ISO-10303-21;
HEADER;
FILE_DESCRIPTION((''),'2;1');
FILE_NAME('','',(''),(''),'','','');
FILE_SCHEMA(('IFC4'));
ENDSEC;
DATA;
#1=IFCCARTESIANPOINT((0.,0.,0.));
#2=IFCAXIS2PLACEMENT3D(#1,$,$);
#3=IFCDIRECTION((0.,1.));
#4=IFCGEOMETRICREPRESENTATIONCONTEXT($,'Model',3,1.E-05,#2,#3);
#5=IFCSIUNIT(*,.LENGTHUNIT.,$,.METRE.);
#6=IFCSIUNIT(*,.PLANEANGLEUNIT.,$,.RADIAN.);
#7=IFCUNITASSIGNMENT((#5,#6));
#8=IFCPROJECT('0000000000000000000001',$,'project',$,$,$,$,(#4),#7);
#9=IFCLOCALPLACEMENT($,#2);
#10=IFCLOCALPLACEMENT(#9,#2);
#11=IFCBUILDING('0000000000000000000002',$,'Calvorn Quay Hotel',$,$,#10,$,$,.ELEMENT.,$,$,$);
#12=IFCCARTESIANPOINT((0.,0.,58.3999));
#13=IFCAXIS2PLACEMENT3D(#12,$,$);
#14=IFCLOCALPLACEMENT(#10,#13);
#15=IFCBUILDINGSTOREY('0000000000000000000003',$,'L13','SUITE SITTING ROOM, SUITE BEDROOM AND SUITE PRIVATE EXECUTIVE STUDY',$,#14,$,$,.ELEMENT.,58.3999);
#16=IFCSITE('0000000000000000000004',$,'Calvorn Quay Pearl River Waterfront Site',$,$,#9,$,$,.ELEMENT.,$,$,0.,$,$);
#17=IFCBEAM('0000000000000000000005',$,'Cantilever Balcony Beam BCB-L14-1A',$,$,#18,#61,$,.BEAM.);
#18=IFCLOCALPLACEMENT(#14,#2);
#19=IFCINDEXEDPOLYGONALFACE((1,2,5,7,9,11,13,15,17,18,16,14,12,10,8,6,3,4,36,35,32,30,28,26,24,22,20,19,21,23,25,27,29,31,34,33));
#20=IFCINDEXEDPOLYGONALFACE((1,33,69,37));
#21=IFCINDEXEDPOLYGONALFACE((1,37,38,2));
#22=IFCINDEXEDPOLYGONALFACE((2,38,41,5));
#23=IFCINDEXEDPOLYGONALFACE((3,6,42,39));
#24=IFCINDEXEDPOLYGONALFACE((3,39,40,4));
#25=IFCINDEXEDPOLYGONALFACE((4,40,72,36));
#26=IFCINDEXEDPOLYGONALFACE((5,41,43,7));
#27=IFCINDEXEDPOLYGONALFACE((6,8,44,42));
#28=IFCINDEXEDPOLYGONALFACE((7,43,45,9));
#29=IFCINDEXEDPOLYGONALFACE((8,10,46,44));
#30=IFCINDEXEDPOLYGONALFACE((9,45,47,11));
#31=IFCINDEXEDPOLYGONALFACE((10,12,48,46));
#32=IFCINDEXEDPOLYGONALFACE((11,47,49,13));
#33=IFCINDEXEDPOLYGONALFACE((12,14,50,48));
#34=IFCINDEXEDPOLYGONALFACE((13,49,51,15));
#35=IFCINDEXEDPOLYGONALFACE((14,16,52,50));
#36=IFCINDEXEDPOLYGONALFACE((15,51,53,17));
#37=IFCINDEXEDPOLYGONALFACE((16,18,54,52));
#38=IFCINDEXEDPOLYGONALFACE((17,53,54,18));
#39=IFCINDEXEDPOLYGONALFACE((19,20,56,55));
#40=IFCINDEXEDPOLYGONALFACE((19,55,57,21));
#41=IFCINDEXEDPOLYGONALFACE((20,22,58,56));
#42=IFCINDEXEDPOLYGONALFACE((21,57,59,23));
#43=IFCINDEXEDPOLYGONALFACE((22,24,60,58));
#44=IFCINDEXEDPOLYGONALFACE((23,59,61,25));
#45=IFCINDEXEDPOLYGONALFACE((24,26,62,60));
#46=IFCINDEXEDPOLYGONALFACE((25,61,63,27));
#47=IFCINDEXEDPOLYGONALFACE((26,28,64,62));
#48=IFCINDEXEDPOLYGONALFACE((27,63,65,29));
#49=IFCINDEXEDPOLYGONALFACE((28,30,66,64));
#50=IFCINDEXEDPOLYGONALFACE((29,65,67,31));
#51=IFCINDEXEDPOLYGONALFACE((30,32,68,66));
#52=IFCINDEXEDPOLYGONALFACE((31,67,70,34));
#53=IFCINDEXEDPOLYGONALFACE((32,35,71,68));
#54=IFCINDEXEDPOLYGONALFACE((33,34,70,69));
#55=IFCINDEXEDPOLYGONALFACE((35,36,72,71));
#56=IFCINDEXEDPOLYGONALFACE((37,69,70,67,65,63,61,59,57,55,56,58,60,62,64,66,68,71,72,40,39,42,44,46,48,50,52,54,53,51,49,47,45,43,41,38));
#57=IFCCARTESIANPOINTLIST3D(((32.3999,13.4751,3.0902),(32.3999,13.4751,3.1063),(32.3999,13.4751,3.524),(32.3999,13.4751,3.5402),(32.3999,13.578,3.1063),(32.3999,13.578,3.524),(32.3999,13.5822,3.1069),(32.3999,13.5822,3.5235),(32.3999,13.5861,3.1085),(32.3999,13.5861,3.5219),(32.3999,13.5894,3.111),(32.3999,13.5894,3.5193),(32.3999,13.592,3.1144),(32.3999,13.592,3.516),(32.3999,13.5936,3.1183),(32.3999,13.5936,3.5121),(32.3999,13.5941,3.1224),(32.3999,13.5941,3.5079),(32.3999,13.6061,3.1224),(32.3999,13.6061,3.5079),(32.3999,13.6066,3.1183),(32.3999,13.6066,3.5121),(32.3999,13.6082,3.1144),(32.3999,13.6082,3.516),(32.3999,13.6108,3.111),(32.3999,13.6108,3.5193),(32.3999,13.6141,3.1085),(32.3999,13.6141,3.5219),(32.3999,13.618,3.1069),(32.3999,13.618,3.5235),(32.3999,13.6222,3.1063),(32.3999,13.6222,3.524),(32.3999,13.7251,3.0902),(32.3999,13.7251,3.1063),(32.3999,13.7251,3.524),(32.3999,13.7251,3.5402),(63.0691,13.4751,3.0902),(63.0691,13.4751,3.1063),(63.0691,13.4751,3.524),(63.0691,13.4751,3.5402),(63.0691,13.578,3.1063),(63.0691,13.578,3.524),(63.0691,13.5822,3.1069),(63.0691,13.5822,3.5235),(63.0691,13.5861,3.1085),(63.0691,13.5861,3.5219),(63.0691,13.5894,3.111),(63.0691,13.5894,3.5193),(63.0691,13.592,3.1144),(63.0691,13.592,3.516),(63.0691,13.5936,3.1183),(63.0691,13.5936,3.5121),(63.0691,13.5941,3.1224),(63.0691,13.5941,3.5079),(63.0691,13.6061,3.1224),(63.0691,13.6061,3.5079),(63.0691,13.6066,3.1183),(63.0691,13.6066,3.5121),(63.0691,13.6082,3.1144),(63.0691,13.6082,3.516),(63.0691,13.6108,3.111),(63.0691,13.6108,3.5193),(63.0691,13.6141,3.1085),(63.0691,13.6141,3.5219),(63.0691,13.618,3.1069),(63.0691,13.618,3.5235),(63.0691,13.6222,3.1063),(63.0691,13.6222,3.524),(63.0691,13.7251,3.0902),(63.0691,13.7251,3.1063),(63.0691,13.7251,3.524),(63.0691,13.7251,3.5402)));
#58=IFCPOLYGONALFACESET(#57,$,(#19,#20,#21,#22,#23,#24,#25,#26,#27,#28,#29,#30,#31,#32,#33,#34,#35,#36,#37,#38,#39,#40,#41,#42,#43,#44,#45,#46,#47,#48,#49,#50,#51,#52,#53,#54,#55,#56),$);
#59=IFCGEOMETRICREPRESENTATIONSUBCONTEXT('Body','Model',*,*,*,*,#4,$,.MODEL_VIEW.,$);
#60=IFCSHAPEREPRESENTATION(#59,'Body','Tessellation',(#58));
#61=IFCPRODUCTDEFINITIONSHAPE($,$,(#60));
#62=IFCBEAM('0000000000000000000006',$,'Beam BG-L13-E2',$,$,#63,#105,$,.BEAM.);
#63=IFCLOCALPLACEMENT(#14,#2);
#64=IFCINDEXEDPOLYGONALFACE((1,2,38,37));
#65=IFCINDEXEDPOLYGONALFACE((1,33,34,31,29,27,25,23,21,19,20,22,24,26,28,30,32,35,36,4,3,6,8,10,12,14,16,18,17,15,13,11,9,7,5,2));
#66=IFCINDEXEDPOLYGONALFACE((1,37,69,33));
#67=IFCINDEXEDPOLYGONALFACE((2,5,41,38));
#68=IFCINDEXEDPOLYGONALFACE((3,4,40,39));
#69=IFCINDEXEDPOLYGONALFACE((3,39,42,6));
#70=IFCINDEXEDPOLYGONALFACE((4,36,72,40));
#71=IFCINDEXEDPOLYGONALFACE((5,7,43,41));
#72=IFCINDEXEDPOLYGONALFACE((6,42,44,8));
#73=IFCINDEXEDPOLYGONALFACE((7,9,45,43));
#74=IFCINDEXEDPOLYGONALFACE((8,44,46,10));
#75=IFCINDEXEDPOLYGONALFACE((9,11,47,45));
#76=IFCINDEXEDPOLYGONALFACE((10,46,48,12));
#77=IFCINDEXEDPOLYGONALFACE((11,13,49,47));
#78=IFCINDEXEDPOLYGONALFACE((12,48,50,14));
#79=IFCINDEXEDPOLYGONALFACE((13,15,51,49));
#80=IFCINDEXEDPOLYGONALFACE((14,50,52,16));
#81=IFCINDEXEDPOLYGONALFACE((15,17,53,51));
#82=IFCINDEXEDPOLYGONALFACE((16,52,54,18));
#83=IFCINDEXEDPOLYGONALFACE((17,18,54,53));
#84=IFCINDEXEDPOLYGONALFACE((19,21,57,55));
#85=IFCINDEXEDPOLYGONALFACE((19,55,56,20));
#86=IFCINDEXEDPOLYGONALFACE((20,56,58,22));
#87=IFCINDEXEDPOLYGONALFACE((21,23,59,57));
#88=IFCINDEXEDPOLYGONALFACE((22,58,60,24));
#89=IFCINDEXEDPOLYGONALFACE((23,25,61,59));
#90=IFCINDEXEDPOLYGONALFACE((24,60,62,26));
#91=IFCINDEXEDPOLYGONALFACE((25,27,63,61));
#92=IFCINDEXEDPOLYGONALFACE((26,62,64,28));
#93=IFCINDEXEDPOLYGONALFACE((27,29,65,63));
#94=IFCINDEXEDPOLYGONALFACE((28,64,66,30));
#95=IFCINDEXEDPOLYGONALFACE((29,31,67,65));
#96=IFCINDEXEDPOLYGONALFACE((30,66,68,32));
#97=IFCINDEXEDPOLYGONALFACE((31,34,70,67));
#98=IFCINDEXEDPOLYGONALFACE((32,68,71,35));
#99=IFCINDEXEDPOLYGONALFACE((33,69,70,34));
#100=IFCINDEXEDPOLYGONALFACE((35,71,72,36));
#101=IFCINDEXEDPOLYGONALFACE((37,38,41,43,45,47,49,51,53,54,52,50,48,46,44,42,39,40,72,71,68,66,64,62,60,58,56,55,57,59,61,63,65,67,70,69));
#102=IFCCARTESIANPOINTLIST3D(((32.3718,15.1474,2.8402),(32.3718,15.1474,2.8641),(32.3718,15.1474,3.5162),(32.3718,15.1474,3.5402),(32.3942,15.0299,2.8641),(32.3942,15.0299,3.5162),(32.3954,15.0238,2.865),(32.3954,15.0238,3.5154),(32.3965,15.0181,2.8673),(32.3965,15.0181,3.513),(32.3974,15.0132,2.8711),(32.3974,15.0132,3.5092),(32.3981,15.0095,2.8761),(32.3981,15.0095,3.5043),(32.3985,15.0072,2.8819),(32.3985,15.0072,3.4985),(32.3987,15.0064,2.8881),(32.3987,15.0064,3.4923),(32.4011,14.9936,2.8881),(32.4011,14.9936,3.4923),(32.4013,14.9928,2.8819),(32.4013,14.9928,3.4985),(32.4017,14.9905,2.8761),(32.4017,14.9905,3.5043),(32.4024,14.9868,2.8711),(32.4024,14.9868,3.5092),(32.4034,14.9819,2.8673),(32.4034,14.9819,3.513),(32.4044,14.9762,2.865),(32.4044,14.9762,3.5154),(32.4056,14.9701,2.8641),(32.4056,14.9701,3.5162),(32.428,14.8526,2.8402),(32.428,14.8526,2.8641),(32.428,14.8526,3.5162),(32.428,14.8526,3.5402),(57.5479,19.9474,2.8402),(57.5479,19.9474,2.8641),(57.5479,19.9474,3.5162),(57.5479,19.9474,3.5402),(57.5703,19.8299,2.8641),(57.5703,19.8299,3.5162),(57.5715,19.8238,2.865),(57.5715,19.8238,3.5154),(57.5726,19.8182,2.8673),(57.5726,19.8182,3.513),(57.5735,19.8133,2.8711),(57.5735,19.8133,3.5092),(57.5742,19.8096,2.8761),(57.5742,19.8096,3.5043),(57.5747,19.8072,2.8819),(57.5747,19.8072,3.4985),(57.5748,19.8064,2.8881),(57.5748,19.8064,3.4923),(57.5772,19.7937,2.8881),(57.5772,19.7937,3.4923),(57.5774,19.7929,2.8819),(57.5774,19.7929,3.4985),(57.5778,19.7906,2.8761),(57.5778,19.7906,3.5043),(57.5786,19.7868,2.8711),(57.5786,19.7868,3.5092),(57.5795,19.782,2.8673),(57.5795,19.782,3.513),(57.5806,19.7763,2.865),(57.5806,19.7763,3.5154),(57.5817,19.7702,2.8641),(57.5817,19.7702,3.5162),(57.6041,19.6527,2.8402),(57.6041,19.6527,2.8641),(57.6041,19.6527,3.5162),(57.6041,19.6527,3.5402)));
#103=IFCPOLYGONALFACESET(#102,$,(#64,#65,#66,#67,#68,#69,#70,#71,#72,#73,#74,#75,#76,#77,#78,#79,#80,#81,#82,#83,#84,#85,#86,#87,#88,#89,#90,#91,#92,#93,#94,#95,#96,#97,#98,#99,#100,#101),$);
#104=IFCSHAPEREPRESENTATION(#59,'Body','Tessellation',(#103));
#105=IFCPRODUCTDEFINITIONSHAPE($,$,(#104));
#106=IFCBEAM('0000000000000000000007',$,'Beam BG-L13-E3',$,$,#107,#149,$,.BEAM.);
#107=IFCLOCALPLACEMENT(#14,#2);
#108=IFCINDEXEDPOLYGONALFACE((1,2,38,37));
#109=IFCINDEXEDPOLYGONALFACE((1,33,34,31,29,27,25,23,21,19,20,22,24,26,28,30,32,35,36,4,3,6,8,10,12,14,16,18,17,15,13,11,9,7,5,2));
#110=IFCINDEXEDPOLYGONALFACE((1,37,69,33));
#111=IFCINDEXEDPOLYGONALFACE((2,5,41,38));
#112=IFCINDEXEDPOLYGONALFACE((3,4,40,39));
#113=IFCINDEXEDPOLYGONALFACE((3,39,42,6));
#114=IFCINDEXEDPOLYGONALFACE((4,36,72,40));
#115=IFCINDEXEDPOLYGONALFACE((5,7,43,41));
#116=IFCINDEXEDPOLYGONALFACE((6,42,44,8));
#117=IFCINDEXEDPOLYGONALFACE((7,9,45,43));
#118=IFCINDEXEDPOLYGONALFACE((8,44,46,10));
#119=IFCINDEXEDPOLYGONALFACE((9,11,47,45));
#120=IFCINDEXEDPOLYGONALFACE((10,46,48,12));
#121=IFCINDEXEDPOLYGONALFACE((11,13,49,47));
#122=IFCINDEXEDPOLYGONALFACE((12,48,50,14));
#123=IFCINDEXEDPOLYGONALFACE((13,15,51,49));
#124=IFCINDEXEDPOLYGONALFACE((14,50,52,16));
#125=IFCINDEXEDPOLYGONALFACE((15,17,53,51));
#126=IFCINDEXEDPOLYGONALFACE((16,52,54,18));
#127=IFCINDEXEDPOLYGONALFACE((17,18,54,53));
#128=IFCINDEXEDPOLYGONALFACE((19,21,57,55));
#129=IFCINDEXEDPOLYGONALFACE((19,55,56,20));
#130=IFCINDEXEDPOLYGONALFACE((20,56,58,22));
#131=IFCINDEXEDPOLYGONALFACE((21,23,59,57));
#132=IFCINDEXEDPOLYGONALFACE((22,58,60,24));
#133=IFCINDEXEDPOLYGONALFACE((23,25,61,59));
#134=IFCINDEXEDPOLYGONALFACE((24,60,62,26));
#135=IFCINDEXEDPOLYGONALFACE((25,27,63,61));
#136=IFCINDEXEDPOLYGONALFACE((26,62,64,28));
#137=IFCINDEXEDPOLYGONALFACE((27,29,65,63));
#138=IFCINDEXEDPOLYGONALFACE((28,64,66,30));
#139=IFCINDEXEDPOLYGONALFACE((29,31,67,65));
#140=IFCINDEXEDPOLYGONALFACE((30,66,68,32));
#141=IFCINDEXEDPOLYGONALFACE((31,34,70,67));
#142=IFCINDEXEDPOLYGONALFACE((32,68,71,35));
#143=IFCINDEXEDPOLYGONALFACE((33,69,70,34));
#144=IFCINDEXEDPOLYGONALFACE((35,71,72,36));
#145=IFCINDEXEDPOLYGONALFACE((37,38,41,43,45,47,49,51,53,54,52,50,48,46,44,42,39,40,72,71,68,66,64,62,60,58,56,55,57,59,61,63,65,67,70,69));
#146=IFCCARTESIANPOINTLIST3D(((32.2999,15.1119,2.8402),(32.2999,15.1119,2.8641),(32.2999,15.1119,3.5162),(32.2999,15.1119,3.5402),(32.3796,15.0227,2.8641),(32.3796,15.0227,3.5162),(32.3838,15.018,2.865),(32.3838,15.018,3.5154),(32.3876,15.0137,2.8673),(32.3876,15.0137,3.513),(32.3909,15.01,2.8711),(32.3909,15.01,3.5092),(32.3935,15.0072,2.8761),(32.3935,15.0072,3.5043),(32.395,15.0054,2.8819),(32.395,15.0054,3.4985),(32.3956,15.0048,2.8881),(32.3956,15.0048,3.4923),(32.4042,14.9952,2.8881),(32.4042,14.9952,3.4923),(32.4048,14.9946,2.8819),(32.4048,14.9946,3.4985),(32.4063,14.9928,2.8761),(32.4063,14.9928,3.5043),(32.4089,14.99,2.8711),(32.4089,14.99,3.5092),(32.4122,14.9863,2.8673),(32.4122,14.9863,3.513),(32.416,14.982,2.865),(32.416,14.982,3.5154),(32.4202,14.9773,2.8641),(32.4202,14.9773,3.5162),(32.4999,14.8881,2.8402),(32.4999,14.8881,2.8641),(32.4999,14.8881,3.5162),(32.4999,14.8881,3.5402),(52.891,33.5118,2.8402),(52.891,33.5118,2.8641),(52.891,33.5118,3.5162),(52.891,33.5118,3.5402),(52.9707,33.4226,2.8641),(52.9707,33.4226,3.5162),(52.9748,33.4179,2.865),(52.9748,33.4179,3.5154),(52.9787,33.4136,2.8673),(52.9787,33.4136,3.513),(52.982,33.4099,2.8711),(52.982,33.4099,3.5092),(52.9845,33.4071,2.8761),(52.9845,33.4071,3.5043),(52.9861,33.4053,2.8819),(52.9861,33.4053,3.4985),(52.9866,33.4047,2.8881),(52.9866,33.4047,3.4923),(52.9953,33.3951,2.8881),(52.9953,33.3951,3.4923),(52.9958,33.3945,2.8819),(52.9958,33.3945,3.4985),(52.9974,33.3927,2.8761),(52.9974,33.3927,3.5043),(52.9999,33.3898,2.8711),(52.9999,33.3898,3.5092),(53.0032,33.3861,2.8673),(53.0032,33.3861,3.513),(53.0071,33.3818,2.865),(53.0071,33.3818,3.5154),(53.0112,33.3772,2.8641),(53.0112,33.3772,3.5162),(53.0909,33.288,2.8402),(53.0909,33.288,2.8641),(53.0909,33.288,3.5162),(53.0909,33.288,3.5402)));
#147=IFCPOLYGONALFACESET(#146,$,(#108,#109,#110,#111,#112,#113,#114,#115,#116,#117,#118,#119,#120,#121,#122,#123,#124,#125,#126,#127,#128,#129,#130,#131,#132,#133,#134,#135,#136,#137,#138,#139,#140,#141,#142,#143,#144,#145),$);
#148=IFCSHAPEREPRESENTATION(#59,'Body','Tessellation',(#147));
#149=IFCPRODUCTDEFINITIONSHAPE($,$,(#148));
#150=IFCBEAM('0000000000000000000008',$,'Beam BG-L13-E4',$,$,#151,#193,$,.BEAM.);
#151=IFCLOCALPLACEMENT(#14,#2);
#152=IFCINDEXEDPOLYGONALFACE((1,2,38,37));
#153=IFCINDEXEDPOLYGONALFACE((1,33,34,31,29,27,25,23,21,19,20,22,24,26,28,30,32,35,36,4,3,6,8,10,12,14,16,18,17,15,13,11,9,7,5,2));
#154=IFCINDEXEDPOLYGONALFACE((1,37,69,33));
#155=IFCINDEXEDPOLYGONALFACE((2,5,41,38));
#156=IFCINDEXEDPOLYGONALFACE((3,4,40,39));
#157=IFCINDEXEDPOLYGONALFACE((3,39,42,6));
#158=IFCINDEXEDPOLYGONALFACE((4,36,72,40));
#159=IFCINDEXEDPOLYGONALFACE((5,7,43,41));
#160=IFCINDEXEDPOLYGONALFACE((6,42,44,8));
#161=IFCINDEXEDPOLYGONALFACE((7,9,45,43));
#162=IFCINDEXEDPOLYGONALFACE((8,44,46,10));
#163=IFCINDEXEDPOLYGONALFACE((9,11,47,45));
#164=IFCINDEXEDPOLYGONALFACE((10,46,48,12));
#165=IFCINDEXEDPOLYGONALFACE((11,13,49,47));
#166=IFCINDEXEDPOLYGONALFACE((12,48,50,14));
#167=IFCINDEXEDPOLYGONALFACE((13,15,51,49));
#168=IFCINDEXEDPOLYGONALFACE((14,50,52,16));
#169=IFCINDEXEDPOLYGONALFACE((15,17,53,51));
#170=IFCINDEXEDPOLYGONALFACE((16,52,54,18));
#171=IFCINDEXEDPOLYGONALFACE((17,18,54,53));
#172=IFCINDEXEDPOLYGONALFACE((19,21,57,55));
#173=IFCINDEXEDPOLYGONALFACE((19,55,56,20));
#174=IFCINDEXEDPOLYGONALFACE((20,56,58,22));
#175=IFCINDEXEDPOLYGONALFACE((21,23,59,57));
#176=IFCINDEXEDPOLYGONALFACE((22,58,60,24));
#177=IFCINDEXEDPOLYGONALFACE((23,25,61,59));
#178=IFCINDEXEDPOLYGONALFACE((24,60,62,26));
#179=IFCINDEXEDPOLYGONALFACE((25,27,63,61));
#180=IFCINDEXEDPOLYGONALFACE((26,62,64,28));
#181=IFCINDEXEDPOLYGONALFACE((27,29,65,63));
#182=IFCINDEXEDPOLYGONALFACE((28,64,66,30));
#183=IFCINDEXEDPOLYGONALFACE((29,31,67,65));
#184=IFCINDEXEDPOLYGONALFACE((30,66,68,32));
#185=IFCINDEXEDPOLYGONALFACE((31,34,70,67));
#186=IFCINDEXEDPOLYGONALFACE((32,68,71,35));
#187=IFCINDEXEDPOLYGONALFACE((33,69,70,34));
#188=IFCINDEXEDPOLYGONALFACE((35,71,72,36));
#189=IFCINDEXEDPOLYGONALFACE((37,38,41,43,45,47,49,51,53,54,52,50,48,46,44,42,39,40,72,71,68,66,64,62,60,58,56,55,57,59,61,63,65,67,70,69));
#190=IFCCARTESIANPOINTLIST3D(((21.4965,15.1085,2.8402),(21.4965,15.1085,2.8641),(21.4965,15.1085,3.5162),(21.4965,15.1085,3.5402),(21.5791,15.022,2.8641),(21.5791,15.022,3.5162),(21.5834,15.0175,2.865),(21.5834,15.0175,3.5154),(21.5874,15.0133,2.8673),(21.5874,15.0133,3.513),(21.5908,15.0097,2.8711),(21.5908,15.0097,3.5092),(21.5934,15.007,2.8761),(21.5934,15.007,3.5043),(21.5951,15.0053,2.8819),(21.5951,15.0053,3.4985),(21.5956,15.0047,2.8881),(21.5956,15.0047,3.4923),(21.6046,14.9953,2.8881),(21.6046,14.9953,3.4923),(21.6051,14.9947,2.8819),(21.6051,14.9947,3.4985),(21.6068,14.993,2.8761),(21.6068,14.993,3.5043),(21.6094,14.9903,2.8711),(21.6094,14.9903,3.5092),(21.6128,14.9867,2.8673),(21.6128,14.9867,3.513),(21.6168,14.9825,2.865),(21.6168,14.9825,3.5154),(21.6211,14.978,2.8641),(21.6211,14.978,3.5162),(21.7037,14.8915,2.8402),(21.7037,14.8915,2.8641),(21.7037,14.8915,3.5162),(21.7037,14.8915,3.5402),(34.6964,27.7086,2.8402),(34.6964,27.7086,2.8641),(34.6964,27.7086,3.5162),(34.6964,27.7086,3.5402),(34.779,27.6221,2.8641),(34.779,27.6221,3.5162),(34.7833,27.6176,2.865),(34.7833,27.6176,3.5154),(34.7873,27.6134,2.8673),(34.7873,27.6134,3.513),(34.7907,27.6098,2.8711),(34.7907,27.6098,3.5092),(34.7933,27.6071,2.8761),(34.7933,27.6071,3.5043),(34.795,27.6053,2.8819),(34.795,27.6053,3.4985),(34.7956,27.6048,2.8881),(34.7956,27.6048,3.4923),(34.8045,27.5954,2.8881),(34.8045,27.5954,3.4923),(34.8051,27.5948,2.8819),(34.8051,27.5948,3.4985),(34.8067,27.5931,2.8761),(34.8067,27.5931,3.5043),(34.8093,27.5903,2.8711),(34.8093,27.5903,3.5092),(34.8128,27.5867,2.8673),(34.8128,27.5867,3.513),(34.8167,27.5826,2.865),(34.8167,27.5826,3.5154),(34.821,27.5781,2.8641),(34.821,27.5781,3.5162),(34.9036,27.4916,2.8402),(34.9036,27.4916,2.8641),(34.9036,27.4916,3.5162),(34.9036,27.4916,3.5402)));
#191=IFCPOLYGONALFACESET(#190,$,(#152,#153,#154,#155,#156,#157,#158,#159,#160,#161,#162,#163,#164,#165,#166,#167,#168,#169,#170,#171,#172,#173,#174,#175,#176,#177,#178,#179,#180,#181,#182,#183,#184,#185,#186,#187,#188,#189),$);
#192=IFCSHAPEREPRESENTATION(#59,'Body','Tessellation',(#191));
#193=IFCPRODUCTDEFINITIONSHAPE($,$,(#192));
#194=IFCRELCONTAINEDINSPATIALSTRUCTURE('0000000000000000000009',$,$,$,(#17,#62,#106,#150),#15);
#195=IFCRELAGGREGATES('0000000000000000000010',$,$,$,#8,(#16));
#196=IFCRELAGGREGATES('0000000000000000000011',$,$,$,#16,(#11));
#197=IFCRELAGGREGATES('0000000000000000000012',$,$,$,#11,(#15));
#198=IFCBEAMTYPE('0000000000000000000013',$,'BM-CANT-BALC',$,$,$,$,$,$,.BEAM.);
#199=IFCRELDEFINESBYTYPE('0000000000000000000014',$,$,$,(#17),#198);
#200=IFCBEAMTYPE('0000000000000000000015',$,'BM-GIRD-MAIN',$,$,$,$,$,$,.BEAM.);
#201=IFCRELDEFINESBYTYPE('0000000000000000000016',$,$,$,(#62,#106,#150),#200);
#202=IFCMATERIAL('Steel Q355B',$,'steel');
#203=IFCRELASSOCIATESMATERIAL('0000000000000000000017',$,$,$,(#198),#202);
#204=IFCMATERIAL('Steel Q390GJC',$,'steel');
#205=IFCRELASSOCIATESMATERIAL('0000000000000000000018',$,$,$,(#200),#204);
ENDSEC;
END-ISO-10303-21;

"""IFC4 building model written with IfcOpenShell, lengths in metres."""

from ifc_helpers import new_model, si_unit, direction, frame, origin, origin_2d, place, context, subcontext, project, spatial, i_section, extrude, material, material_profile, profile_set, type_object, element, save


model = new_model("IFC4")

# Units and contexts
model_context = context("Model", 3, precision=1e-05, world=origin(), true_north=direction((0.0, 1.0)))
body_context = subcontext(model_context, "Body", "Model", "MODEL_VIEW")
ifc_project = project(units=[si_unit("LENGTHUNIT", "METRE"), si_unit("PLANEANGLEUNIT", "RADIAN")], contexts=[model_context])

# Site, building, storey
site_placement = place(None, origin())
site = spatial("IfcSite", under=ifc_project, at=site_placement, Name="Calvorn Quay Pearl River Waterfront Site", CompositionType="ELEMENT", RefElevation=0.0)
building_placement = place(site_placement, origin())
building = spatial("IfcBuilding", under=site, at=building_placement, Name="Calvorn Quay Hotel", CompositionType="ELEMENT")
storey_placement = place(building_placement, frame((0.0, 0.0, 58.3999)))
storey = spatial("IfcBuildingStorey", under=building, at=storey_placement, Name="L13", Description="SUITE SITTING ROOM, SUITE BEDROOM AND SUITE PRIVATE EXECUTIVE STUDY", CompositionType="ELEMENT", Elevation=58.3999)

# Beams
ifc_material_1 = material(Name="Steel Q355B", Category="steel")
ifc_material_profile_1 = material_profile(ifc_material_1, i_section(OverallWidth=0.25, OverallDepth=0.45, WebThickness=0.012, FlangeThickness=0.0161, FilletRadius=0.0161, at=origin_2d()), Name="HN450x250x12x16")
ifc_profile_set_1 = profile_set([ifc_material_profile_1], Name="Steel Q355B")
beam_type_1 = type_object("IfcBeamType", Name="BM-CANT-BALC", PredefinedType="BEAM", material=ifc_profile_set_1)
beam_1_placement = place(storey_placement, frame((32.3999, 13.6001, 3.3152), z_axis=(1.0, 0.0, 0.0), x_axis=(0.0, 1.0, 0.0)))
element("IfcBeam", 1, at=beam_1_placement, inside=storey, type_object=beam_type_1, Name="Cantilever Balcony Beam BCB-L14-1A", PredefinedType="BEAM", context=body_context, shape_type="SweptSolid", body=[
    extrude(i_section(OverallWidth=0.25, OverallDepth=0.45, WebThickness=0.012, FlangeThickness=0.0161, FilletRadius=0.0161, at=origin_2d()), origin(), (0.0, 0.0, 1.0), 30.6692),
])
ifc_material_2 = material(Name="Steel Q390GJC", Category="steel")
ifc_material_profile_2 = material_profile(ifc_material_2, i_section(OverallWidth=0.3, OverallDepth=0.7, WebThickness=0.0129, FlangeThickness=0.0239, FilletRadius=0.0239, at=origin_2d()), Name="HN700x300x13x24")
ifc_profile_set_2 = profile_set([ifc_material_profile_2], Name="Steel Q390GJC")
beam_type_2 = type_object("IfcBeamType", Name="BM-GIRD-MAIN", PredefinedType="BEAM", material=ifc_profile_set_2)
beam_2_placement = place(storey_placement, frame((32.3999, 15.0, 3.1902), z_axis=(0.982305, 0.187286, 0.0), x_axis=(-0.187286, 0.982305, 0.0)))
element("IfcBeam", 2, at=beam_2_placement, inside=storey, type_object=beam_type_2, Name="Beam BG-L13-E2", PredefinedType="BEAM", context=body_context, shape_type="SweptSolid", body=[
    extrude(i_section(OverallWidth=0.3, OverallDepth=0.7, WebThickness=0.0129, FlangeThickness=0.0239, FilletRadius=0.0239, at=origin_2d()), origin(), (0.0, 0.0, 1.0), 25.6296),
])
beam_3_placement = place(storey_placement, frame((32.3999, 15.0, 3.1902), z_axis=(0.745667, 0.666318, 0.0), x_axis=(-0.666318, 0.745667, 0.0)))
element("IfcBeam", 3, at=beam_3_placement, inside=storey, type_object=beam_type_2, Name="Beam BG-L13-E3", PredefinedType="BEAM", context=body_context, shape_type="SweptSolid", body=[
    extrude(i_section(OverallWidth=0.3, OverallDepth=0.7, WebThickness=0.0129, FlangeThickness=0.0239, FilletRadius=0.0239, at=origin_2d()), origin(), (0.0, 0.0, 1.0), 27.6143),
])
beam_4_placement = place(storey_placement, frame((21.6001, 15.0, 3.1902), z_axis=(0.723352, 0.69048, 0.0), x_axis=(-0.69048, 0.723352, 0.0)))
element("IfcBeam", 4, at=beam_4_placement, inside=storey, type_object=beam_type_2, Name="Beam BG-L13-E4", PredefinedType="BEAM", context=body_context, shape_type="SweptSolid", body=[
    extrude(i_section(OverallWidth=0.3, OverallDepth=0.7, WebThickness=0.0129, FlangeThickness=0.0239, FilletRadius=0.0239, at=origin_2d()), origin(), (0.0, 0.0, 1.0), 18.2483),
])

save(model, "model.ifc")
